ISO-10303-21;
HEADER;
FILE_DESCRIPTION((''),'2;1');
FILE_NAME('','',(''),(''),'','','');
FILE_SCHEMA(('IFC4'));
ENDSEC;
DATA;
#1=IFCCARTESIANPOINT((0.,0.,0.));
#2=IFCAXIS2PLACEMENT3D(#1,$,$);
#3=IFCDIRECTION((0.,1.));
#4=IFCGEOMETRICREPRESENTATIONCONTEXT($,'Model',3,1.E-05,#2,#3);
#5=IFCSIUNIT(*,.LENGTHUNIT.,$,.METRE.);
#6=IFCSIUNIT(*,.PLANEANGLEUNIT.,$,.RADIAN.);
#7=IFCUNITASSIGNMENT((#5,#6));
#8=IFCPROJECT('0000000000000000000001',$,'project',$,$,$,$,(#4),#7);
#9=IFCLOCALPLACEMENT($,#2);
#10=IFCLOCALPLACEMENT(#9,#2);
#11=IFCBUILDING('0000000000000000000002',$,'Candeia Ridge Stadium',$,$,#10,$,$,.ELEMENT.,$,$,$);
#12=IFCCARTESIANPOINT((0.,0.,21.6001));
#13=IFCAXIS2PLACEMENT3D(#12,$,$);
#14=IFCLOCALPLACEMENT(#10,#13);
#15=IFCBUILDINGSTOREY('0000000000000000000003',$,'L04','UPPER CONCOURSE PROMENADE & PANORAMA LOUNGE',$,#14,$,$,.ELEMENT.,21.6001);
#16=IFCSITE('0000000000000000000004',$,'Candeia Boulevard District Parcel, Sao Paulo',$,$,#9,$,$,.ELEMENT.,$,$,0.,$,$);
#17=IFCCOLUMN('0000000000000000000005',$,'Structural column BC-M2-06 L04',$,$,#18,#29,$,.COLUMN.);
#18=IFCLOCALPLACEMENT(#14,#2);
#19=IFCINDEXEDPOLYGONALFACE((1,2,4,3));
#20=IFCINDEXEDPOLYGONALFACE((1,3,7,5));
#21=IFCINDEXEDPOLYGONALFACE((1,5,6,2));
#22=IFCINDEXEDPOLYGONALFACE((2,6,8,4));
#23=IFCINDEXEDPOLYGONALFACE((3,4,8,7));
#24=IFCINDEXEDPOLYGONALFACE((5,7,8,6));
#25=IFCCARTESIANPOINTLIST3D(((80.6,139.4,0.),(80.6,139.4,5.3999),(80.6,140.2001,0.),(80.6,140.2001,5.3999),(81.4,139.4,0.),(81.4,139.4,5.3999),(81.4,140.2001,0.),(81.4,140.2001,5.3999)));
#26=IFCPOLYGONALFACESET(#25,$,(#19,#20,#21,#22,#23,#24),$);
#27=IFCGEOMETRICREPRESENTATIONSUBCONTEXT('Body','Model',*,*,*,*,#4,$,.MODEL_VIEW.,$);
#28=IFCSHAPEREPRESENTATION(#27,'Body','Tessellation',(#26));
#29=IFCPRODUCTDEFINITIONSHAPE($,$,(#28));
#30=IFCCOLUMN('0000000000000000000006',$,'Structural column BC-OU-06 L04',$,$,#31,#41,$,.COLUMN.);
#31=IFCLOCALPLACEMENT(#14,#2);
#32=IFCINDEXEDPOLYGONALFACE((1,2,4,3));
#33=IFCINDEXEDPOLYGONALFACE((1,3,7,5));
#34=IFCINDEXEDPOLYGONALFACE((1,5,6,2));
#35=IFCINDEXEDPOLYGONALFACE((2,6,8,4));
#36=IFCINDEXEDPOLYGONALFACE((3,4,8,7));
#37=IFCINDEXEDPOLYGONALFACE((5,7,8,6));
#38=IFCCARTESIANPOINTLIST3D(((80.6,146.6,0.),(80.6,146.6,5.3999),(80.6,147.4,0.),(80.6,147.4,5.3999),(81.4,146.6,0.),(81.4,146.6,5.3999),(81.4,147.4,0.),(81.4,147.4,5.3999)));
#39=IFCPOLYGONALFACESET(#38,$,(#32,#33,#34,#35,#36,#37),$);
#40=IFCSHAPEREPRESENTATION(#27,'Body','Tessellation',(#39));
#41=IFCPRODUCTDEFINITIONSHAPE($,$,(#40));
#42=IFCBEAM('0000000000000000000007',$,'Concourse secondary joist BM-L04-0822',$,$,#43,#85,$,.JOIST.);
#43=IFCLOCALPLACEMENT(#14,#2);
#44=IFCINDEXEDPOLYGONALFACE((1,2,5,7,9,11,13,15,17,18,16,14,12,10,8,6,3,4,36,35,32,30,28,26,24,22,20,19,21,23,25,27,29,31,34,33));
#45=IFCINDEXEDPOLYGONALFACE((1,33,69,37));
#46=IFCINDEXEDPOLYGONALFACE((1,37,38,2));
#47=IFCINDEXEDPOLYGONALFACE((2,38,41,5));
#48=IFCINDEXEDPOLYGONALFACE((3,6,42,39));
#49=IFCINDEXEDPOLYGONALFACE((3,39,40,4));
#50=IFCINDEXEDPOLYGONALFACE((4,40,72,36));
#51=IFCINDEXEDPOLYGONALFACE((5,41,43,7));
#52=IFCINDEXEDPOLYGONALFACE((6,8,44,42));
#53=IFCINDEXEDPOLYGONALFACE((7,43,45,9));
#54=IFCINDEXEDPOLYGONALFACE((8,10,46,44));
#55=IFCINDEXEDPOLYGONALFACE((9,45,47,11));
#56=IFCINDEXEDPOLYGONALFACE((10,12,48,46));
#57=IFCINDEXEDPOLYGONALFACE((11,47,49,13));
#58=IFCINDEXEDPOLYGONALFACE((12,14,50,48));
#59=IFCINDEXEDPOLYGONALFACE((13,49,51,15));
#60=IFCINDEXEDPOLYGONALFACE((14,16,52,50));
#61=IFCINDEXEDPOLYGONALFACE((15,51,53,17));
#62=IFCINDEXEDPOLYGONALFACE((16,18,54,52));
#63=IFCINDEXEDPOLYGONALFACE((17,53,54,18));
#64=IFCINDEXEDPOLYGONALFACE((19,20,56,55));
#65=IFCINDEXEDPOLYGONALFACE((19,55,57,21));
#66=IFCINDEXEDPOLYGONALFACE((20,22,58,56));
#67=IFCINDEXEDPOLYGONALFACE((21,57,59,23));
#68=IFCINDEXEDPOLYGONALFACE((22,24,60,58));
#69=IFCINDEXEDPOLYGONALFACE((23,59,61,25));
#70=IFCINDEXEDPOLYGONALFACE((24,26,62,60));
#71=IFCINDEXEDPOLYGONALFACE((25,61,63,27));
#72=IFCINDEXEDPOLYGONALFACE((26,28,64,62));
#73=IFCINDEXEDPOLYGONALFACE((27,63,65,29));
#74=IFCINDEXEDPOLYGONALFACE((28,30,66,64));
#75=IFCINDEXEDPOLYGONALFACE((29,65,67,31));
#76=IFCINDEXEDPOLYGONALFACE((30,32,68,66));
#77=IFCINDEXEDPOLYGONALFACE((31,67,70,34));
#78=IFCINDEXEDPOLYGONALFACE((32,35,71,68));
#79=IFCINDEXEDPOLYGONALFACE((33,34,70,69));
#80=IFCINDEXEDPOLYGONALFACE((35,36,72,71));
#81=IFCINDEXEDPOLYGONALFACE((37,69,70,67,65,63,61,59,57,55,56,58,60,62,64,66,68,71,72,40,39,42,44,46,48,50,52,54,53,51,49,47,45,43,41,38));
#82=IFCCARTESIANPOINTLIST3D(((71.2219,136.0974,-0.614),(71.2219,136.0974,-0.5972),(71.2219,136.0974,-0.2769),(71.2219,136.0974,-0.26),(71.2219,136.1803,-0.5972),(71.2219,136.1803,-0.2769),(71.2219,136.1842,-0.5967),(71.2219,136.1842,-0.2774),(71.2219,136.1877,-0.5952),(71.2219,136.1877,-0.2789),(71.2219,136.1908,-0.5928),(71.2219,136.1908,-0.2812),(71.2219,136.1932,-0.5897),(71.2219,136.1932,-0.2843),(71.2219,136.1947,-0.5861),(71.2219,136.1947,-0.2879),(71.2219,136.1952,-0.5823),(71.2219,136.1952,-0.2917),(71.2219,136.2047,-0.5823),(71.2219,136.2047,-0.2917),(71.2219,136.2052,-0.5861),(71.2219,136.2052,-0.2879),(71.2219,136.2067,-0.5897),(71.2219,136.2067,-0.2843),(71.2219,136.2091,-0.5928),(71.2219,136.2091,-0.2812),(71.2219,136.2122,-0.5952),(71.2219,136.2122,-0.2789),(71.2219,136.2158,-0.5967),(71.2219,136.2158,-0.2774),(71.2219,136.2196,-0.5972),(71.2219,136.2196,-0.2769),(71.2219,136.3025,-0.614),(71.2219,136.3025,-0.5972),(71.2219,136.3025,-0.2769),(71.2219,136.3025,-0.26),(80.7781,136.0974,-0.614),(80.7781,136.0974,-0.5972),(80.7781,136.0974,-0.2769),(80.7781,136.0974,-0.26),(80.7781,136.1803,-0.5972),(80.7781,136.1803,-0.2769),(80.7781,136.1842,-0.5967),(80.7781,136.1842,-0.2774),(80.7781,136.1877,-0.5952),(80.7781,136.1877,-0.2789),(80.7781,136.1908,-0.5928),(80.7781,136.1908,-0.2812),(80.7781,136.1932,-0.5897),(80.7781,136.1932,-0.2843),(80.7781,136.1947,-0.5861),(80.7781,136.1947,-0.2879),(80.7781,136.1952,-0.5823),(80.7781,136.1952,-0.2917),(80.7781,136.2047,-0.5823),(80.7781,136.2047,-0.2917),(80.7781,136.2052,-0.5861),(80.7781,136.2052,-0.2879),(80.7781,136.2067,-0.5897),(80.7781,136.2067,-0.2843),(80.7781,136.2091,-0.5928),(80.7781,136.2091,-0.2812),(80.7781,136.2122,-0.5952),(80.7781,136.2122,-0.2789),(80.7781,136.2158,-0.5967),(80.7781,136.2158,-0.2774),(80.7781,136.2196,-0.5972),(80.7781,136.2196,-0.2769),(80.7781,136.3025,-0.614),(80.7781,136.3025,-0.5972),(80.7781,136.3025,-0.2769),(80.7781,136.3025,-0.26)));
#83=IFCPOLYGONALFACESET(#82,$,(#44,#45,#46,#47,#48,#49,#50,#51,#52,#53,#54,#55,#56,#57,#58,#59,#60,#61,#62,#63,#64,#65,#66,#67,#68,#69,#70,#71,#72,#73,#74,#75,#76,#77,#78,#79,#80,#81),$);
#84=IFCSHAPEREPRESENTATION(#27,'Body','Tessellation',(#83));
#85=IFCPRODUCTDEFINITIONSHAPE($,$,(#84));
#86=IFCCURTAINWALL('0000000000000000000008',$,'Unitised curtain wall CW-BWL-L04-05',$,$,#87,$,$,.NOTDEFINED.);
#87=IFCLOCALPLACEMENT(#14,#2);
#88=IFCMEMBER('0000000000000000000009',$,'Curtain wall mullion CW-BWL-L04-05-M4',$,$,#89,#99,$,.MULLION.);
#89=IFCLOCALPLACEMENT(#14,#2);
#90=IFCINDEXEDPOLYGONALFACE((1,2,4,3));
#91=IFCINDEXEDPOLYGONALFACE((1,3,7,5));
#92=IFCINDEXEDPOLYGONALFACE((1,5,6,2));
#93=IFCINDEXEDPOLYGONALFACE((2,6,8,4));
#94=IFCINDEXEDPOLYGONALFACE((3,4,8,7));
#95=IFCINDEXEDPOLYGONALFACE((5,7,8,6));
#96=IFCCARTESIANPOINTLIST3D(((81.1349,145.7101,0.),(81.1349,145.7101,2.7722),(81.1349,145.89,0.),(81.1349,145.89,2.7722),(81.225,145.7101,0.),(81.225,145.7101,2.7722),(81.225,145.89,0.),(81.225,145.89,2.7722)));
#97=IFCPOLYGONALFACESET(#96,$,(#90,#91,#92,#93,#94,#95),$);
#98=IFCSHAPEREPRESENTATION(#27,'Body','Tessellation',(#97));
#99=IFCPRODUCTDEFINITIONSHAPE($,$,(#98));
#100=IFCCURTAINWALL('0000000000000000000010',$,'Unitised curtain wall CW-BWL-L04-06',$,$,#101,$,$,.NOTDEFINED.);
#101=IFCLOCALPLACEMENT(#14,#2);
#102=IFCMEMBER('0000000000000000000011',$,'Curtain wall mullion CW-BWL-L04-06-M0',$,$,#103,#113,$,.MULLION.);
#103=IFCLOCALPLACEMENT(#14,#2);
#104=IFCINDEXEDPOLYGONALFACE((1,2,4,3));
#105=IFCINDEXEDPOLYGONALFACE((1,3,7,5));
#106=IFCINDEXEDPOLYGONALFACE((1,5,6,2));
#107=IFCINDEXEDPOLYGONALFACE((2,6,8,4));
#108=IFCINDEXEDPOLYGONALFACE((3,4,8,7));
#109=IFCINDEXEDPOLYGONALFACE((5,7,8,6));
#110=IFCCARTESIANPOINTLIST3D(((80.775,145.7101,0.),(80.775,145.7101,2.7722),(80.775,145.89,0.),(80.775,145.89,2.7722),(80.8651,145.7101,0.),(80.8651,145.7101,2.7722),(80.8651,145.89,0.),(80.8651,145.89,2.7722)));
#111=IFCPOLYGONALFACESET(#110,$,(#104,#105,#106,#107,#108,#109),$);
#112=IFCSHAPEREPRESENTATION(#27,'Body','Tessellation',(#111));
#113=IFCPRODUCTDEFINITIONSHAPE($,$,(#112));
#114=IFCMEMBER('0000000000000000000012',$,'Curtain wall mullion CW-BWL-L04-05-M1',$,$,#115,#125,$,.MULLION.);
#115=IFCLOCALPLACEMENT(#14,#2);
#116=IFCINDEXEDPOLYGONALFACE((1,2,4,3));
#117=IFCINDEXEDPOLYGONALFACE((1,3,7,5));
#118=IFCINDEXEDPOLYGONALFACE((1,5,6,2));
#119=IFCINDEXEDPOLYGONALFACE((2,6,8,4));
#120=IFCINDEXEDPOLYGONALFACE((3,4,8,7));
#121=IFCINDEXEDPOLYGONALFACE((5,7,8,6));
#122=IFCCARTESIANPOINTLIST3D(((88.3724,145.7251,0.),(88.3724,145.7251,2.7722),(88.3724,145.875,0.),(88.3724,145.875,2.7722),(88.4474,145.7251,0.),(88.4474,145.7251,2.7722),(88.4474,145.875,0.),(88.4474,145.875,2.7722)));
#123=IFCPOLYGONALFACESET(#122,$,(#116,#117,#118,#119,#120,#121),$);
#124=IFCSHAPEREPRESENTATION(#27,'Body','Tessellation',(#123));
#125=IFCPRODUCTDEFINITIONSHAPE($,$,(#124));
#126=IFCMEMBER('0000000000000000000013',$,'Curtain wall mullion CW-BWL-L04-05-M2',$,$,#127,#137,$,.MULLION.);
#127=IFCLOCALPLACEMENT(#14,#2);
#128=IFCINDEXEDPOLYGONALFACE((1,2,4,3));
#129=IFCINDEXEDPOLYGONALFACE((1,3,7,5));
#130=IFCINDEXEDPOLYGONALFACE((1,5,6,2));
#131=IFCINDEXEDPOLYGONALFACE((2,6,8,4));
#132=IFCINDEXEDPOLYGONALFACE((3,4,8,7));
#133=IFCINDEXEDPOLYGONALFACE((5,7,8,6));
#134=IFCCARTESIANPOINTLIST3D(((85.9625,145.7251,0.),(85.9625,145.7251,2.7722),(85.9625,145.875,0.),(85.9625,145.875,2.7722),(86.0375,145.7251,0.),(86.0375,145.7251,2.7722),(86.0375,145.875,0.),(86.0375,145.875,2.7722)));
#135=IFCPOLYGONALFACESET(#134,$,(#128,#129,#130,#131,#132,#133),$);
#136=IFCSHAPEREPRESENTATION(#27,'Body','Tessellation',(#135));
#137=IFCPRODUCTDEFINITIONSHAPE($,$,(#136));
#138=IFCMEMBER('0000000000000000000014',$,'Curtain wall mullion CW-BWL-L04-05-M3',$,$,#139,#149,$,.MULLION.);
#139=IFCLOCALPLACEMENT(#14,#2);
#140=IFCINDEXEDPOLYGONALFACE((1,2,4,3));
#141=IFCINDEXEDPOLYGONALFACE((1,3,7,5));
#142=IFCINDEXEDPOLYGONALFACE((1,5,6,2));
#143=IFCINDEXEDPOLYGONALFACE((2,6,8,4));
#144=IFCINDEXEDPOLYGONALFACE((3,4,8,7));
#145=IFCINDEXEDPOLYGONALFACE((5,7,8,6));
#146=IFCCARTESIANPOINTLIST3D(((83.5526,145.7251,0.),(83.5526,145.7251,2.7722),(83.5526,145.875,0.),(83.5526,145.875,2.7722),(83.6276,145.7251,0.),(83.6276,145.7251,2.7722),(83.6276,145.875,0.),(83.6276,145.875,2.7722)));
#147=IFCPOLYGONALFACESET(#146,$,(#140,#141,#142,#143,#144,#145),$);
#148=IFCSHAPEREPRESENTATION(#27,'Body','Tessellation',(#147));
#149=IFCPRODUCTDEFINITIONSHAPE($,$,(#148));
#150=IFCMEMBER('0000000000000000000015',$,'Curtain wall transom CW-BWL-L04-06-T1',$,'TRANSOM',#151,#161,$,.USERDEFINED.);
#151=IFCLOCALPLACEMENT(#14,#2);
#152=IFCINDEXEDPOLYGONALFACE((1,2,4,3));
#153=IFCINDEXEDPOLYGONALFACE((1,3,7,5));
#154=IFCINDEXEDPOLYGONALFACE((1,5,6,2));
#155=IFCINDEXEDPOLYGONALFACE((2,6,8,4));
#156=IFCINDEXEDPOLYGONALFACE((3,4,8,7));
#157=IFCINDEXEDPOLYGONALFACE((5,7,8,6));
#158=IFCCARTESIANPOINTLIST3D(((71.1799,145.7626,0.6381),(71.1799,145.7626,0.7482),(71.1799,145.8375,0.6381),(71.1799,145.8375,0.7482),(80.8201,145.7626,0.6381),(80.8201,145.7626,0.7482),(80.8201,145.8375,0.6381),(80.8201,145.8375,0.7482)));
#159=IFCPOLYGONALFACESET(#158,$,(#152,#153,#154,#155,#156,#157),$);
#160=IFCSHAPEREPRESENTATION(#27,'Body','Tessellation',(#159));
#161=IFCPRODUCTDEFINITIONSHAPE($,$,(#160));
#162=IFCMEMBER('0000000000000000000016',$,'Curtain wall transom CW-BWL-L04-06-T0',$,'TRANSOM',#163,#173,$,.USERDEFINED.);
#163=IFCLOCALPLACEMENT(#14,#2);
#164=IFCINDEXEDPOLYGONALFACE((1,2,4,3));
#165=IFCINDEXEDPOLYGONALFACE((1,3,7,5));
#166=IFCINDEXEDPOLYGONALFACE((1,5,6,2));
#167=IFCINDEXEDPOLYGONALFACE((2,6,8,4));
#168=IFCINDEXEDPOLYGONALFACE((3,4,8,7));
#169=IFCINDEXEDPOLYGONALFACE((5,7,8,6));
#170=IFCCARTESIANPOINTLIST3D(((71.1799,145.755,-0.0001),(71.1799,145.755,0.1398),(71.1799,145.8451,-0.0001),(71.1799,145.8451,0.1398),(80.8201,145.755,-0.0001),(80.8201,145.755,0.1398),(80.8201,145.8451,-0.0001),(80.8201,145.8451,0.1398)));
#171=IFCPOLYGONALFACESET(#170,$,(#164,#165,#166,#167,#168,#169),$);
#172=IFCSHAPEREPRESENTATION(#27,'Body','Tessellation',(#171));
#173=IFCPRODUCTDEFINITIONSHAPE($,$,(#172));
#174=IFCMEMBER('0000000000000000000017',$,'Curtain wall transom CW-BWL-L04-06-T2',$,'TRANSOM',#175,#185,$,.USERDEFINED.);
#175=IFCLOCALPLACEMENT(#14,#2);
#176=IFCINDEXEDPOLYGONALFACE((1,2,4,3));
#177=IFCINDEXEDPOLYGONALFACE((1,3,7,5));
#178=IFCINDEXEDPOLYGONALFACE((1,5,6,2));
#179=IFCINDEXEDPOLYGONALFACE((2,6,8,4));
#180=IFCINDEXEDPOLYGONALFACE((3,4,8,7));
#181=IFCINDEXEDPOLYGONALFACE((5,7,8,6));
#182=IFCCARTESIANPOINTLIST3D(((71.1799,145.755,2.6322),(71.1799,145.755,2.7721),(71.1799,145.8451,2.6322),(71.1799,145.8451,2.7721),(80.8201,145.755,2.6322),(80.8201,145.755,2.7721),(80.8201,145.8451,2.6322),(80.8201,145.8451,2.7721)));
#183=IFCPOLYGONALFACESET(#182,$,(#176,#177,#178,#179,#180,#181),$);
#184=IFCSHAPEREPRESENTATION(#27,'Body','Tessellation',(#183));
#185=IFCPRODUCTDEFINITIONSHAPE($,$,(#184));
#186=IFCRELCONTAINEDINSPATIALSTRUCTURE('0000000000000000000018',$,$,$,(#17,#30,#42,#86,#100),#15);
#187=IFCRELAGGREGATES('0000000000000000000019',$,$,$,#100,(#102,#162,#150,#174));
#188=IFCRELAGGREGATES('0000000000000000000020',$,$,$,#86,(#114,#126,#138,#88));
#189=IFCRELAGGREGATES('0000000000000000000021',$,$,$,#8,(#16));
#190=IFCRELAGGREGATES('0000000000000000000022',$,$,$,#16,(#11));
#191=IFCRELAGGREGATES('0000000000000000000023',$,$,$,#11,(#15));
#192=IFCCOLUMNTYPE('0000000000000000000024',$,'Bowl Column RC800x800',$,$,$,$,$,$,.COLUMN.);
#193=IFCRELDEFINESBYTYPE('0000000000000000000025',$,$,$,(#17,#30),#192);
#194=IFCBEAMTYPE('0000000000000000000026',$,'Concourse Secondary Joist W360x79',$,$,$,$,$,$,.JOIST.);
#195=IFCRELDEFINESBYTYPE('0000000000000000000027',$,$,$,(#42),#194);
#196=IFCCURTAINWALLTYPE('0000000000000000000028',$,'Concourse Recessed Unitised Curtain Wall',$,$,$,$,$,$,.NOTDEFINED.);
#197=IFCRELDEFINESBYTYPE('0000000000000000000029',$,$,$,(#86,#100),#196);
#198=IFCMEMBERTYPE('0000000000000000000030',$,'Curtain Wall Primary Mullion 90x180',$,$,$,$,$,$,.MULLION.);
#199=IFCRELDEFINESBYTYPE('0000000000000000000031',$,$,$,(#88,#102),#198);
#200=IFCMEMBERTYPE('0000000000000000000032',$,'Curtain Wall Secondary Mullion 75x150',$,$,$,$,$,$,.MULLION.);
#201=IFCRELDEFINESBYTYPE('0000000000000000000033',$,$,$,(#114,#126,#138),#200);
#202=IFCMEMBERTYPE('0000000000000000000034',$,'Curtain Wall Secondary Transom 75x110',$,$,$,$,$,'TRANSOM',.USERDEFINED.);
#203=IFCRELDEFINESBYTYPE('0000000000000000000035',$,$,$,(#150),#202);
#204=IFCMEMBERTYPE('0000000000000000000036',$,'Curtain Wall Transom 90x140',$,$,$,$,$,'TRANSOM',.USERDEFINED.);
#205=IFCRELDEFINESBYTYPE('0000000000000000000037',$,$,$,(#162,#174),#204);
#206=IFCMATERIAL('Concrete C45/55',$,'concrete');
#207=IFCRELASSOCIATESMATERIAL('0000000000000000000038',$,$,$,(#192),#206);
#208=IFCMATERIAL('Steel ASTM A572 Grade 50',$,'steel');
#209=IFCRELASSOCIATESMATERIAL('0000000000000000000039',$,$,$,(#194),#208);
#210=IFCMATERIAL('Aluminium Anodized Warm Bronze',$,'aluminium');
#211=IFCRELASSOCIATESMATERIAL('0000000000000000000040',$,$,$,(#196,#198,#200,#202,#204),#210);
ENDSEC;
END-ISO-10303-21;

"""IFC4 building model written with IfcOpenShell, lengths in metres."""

from ifc_helpers import new_model, si_unit, direction, frame, origin, origin_2d, place, context, subcontext, project, spatial, rectangle, i_section, extrude, material, material_profile, profile_set, type_object, element, aggregate, save


model = new_model("IFC4")

# Units and contexts
model_context = context("Model", 3, precision=1e-05, world=origin(), true_north=direction((0.0, 1.0)))
body_context = subcontext(model_context, "Body", "Model", "MODEL_VIEW")
ifc_project = project(units=[si_unit("LENGTHUNIT", "METRE"), si_unit("PLANEANGLEUNIT", "RADIAN")], contexts=[model_context])

# Site, building, storey
site_placement = place(None, origin())
site = spatial("IfcSite", under=ifc_project, at=site_placement, Name="Candeia Boulevard District Parcel, Sao Paulo", CompositionType="ELEMENT", RefElevation=0.0)
building_placement = place(site_placement, origin())
building = spatial("IfcBuilding", under=site, at=building_placement, Name="Candeia Ridge Stadium", CompositionType="ELEMENT")
storey_placement = place(building_placement, frame((0.0, 0.0, 21.6001)))
storey = spatial("IfcBuildingStorey", under=building, at=storey_placement, Name="L04", Description="UPPER CONCOURSE PROMENADE & PANORAMA LOUNGE", CompositionType="ELEMENT", Elevation=21.6001)

# Columns
ifc_material_1 = material(Name="Concrete C45/55", Category="concrete")
ifc_material_profile_1 = material_profile(ifc_material_1, rectangle(XDim=0.8, YDim=0.8, at=origin_2d()), Name="RC800x800", Category="concrete")
ifc_profile_set_1 = profile_set([ifc_material_profile_1], Name="Concrete C45/55")
column_type = type_object("IfcColumnType", Name="Bowl Column RC800x800", PredefinedType="COLUMN", material=ifc_profile_set_1)
for number, where, z_axis, x_axis, name in (
    (1, (81.0, 139.8, 0.0), (0.0, 0.0, 1.0), (1.0, 0.0, 0.0), "Structural column BC-M2-06 L04"),
    (2, (81.0, 147.0, 0.0), (0.0, 0.0, 1.0), (1.0, 0.0, 0.0), "Structural column BC-OU-06 L04"),
):
    element("IfcColumn", number, at=place(storey_placement, frame(where, z_axis=z_axis, x_axis=x_axis)), inside=storey, type_object=column_type, Name=name, PredefinedType="COLUMN", context=body_context, shape_type="SweptSolid", body=[
        extrude(rectangle(XDim=0.8, YDim=0.8, at=origin_2d()), origin(), (0.0, 0.0, 1.0), 5.3999),
    ])

# Beam
ifc_material_2 = material(Name="Steel ASTM A572 Grade 50", Category="steel")
ifc_material_profile_2 = material_profile(ifc_material_2, i_section(OverallWidth=0.2051, OverallDepth=0.354, WebThickness=0.0095, FlangeThickness=0.0168, FilletRadius=0.0149, at=origin_2d()), Name="W360x79", Category="steel")
ifc_profile_set_2 = profile_set([ifc_material_profile_2], Name="Steel ASTM A572 Grade 50")
beam_type_1 = type_object("IfcBeamType", Name="Concourse Secondary Joist W360x79", PredefinedType="JOIST", material=ifc_profile_set_2)
beam_1_placement = place(storey_placement, frame((80.7781, 136.2, -0.437), z_axis=(-1.0, 0.0, 0.0), x_axis=(0.0, -1.0, 0.0)))
element("IfcBeam", 3, at=beam_1_placement, inside=storey, type_object=beam_type_1, Name="Concourse secondary joist BM-L04-0822", PredefinedType="JOIST", context=body_context, shape_type="SweptSolid", body=[
    extrude(i_section(OverallWidth=0.2051, OverallDepth=0.354, WebThickness=0.0095, FlangeThickness=0.0168, FilletRadius=0.0149, at=origin_2d()), origin(), (0.0, 0.0, 1.0), 9.5562),
])

# Curtain walls, members
ifc_material_3 = material(Name="Aluminium Anodized Warm Bronze", Category="aluminium")
curtain_wall_type = type_object("IfcCurtainWallType", Name="Concourse Recessed Unitised Curtain Wall", PredefinedType="NOTDEFINED", material=ifc_material_3)
curtain_wall_1_placement = place(storey_placement, origin())
curtain_wall_1 = element("IfcCurtainWall", 4, at=curtain_wall_1_placement, inside=storey, type_object=curtain_wall_type, Name="Unitised curtain wall CW-BWL-L04-05", PredefinedType="NOTDEFINED")
ifc_material_profile_3 = material_profile(ifc_material_3, rectangle(XDim=0.0901, YDim=0.1799, at=origin_2d()), Name="CWM-90x180", Category="aluminium")
ifc_profile_set_3 = profile_set([ifc_material_profile_3], Name="Aluminium Anodized Warm Bronze")
member_type_1 = type_object("IfcMemberType", Name="Curtain Wall Primary Mullion 90x180", PredefinedType="MULLION", material=ifc_profile_set_3)
member_1_placement = place(storey_placement, frame((81.1799, 145.8, 0.0), z_axis=(0.0, 0.0, 1.0), x_axis=(1.0, 0.0, 0.0)))
member_1 = element("IfcMember", 5, at=member_1_placement, type_object=member_type_1, Name="Curtain wall mullion CW-BWL-L04-05-M4", PredefinedType="MULLION", context=body_context, shape_type="SweptSolid", body=[
    extrude(rectangle(XDim=0.0901, YDim=0.1799, at=origin_2d()), origin(), (0.0, 0.0, 1.0), 2.7722),
])
curtain_wall_2_placement = place(storey_placement, origin())
curtain_wall_2 = element("IfcCurtainWall", 6, at=curtain_wall_2_placement, inside=storey, type_object=curtain_wall_type, Name="Unitised curtain wall CW-BWL-L04-06", PredefinedType="NOTDEFINED")
member_2_placement = place(storey_placement, frame((80.8201, 145.8, 0.0), z_axis=(0.0, 0.0, 1.0), x_axis=(1.0, 0.0, 0.0)))
member_2 = element("IfcMember", 7, at=member_2_placement, type_object=member_type_1, Name="Curtain wall mullion CW-BWL-L04-06-M0", PredefinedType="MULLION", context=body_context, shape_type="SweptSolid", body=[
    extrude(rectangle(XDim=0.0901, YDim=0.1799, at=origin_2d()), origin(), (0.0, 0.0, 1.0), 2.7722),
])

# Members
ifc_material_profile_4 = material_profile(ifc_material_3, rectangle(XDim=0.075, YDim=0.1499, at=origin_2d()), Name="CWM-75x150", Category="aluminium")
ifc_profile_set_4 = profile_set([ifc_material_profile_4], Name="Aluminium Anodized Warm Bronze")
member_type_2 = type_object("IfcMemberType", Name="Curtain Wall Secondary Mullion 75x150", PredefinedType="MULLION", material=ifc_profile_set_4)
member_3_placement = place(storey_placement, frame((88.4099, 145.8, 0.0), z_axis=(0.0, 0.0, 1.0), x_axis=(1.0, 0.0, 0.0)))
member_3 = element("IfcMember", 8, at=member_3_placement, type_object=member_type_2, Name="Curtain wall mullion CW-BWL-L04-05-M1", PredefinedType="MULLION", context=body_context, shape_type="SweptSolid", body=[
    extrude(rectangle(XDim=0.075, YDim=0.1499, at=origin_2d()), origin(), (0.0, 0.0, 1.0), 2.7722),
])
member_4_placement = place(storey_placement, frame((86.0, 145.8, 0.0), z_axis=(0.0, 0.0, 1.0), x_axis=(1.0, 0.0, 0.0)))
member_4 = element("IfcMember", 9, at=member_4_placement, type_object=member_type_2, Name="Curtain wall mullion CW-BWL-L04-05-M2", PredefinedType="MULLION", context=body_context, shape_type="SweptSolid", body=[
    extrude(rectangle(XDim=0.075, YDim=0.1499, at=origin_2d()), origin(), (0.0, 0.0, 1.0), 2.7722),
])
member_5_placement = place(storey_placement, frame((83.5901, 145.8, 0.0), z_axis=(0.0, 0.0, 1.0), x_axis=(1.0, 0.0, 0.0)))
member_5 = element("IfcMember", 10, at=member_5_placement, type_object=member_type_2, Name="Curtain wall mullion CW-BWL-L04-05-M3", PredefinedType="MULLION", context=body_context, shape_type="SweptSolid", body=[
    extrude(rectangle(XDim=0.075, YDim=0.1499, at=origin_2d()), origin(), (0.0, 0.0, 1.0), 2.7722),
])
ifc_material_profile_5 = material_profile(ifc_material_3, rectangle(XDim=0.075, YDim=0.1101, at=origin_2d()), Name="CWT-75x110", Category="aluminium")
ifc_profile_set_5 = profile_set([ifc_material_profile_5], Name="Aluminium Anodized Warm Bronze")
member_type_3 = type_object("IfcMemberType", Name="Curtain Wall Secondary Transom 75x110", ElementType="TRANSOM", PredefinedType="USERDEFINED", material=ifc_profile_set_5)
member_6_placement = place(storey_placement, frame((80.8201, 145.8, 0.6931), z_axis=(-1.0, 0.0, 0.0), x_axis=(0.0, -1.0, 0.0)))
member_6 = element("IfcMember", 11, at=member_6_placement, type_object=member_type_3, Name="Curtain wall transom CW-BWL-L04-06-T1", ObjectType="TRANSOM", PredefinedType="USERDEFINED", context=body_context, shape_type="SweptSolid", body=[
    extrude(rectangle(XDim=0.075, YDim=0.1101, at=origin_2d()), origin(), (0.0, 0.0, 1.0), 9.6401),
])
ifc_material_profile_6 = material_profile(ifc_material_3, rectangle(XDim=0.0901, YDim=0.1399, at=origin_2d()), Name="CWT-90x140", Category="aluminium")
ifc_profile_set_6 = profile_set([ifc_material_profile_6], Name="Aluminium Anodized Warm Bronze")
member_type_4 = type_object("IfcMemberType", Name="Curtain Wall Transom 90x140", ElementType="TRANSOM", PredefinedType="USERDEFINED", material=ifc_profile_set_6)
member_7_placement = place(storey_placement, frame((80.8201, 145.8, 0.0698), z_axis=(-1.0, 0.0, 0.0), x_axis=(0.0, -1.0, 0.0)))
member_7 = element("IfcMember", 12, at=member_7_placement, type_object=member_type_4, Name="Curtain wall transom CW-BWL-L04-06-T0", ObjectType="TRANSOM", PredefinedType="USERDEFINED", context=body_context, shape_type="SweptSolid", body=[
    extrude(rectangle(XDim=0.0901, YDim=0.1399, at=origin_2d()), origin(), (0.0, 0.0, 1.0), 9.6401),
])
member_8_placement = place(storey_placement, frame((80.8201, 145.8, 2.7021), z_axis=(-1.0, 0.0, 0.0), x_axis=(0.0, -1.0, 0.0)))
member_8 = element("IfcMember", 13, at=member_8_placement, type_object=member_type_4, Name="Curtain wall transom CW-BWL-L04-06-T2", ObjectType="TRANSOM", PredefinedType="USERDEFINED", context=body_context, shape_type="SweptSolid", body=[
    extrude(rectangle(XDim=0.0901, YDim=0.1399, at=origin_2d()), origin(), (0.0, 0.0, 1.0), 9.6401),
])
aggregate(curtain_wall_2, [member_2, member_7, member_6, member_8])

aggregate(curtain_wall_1, [member_3, member_4, member_5, member_1])

save(model, "model.ifc")
